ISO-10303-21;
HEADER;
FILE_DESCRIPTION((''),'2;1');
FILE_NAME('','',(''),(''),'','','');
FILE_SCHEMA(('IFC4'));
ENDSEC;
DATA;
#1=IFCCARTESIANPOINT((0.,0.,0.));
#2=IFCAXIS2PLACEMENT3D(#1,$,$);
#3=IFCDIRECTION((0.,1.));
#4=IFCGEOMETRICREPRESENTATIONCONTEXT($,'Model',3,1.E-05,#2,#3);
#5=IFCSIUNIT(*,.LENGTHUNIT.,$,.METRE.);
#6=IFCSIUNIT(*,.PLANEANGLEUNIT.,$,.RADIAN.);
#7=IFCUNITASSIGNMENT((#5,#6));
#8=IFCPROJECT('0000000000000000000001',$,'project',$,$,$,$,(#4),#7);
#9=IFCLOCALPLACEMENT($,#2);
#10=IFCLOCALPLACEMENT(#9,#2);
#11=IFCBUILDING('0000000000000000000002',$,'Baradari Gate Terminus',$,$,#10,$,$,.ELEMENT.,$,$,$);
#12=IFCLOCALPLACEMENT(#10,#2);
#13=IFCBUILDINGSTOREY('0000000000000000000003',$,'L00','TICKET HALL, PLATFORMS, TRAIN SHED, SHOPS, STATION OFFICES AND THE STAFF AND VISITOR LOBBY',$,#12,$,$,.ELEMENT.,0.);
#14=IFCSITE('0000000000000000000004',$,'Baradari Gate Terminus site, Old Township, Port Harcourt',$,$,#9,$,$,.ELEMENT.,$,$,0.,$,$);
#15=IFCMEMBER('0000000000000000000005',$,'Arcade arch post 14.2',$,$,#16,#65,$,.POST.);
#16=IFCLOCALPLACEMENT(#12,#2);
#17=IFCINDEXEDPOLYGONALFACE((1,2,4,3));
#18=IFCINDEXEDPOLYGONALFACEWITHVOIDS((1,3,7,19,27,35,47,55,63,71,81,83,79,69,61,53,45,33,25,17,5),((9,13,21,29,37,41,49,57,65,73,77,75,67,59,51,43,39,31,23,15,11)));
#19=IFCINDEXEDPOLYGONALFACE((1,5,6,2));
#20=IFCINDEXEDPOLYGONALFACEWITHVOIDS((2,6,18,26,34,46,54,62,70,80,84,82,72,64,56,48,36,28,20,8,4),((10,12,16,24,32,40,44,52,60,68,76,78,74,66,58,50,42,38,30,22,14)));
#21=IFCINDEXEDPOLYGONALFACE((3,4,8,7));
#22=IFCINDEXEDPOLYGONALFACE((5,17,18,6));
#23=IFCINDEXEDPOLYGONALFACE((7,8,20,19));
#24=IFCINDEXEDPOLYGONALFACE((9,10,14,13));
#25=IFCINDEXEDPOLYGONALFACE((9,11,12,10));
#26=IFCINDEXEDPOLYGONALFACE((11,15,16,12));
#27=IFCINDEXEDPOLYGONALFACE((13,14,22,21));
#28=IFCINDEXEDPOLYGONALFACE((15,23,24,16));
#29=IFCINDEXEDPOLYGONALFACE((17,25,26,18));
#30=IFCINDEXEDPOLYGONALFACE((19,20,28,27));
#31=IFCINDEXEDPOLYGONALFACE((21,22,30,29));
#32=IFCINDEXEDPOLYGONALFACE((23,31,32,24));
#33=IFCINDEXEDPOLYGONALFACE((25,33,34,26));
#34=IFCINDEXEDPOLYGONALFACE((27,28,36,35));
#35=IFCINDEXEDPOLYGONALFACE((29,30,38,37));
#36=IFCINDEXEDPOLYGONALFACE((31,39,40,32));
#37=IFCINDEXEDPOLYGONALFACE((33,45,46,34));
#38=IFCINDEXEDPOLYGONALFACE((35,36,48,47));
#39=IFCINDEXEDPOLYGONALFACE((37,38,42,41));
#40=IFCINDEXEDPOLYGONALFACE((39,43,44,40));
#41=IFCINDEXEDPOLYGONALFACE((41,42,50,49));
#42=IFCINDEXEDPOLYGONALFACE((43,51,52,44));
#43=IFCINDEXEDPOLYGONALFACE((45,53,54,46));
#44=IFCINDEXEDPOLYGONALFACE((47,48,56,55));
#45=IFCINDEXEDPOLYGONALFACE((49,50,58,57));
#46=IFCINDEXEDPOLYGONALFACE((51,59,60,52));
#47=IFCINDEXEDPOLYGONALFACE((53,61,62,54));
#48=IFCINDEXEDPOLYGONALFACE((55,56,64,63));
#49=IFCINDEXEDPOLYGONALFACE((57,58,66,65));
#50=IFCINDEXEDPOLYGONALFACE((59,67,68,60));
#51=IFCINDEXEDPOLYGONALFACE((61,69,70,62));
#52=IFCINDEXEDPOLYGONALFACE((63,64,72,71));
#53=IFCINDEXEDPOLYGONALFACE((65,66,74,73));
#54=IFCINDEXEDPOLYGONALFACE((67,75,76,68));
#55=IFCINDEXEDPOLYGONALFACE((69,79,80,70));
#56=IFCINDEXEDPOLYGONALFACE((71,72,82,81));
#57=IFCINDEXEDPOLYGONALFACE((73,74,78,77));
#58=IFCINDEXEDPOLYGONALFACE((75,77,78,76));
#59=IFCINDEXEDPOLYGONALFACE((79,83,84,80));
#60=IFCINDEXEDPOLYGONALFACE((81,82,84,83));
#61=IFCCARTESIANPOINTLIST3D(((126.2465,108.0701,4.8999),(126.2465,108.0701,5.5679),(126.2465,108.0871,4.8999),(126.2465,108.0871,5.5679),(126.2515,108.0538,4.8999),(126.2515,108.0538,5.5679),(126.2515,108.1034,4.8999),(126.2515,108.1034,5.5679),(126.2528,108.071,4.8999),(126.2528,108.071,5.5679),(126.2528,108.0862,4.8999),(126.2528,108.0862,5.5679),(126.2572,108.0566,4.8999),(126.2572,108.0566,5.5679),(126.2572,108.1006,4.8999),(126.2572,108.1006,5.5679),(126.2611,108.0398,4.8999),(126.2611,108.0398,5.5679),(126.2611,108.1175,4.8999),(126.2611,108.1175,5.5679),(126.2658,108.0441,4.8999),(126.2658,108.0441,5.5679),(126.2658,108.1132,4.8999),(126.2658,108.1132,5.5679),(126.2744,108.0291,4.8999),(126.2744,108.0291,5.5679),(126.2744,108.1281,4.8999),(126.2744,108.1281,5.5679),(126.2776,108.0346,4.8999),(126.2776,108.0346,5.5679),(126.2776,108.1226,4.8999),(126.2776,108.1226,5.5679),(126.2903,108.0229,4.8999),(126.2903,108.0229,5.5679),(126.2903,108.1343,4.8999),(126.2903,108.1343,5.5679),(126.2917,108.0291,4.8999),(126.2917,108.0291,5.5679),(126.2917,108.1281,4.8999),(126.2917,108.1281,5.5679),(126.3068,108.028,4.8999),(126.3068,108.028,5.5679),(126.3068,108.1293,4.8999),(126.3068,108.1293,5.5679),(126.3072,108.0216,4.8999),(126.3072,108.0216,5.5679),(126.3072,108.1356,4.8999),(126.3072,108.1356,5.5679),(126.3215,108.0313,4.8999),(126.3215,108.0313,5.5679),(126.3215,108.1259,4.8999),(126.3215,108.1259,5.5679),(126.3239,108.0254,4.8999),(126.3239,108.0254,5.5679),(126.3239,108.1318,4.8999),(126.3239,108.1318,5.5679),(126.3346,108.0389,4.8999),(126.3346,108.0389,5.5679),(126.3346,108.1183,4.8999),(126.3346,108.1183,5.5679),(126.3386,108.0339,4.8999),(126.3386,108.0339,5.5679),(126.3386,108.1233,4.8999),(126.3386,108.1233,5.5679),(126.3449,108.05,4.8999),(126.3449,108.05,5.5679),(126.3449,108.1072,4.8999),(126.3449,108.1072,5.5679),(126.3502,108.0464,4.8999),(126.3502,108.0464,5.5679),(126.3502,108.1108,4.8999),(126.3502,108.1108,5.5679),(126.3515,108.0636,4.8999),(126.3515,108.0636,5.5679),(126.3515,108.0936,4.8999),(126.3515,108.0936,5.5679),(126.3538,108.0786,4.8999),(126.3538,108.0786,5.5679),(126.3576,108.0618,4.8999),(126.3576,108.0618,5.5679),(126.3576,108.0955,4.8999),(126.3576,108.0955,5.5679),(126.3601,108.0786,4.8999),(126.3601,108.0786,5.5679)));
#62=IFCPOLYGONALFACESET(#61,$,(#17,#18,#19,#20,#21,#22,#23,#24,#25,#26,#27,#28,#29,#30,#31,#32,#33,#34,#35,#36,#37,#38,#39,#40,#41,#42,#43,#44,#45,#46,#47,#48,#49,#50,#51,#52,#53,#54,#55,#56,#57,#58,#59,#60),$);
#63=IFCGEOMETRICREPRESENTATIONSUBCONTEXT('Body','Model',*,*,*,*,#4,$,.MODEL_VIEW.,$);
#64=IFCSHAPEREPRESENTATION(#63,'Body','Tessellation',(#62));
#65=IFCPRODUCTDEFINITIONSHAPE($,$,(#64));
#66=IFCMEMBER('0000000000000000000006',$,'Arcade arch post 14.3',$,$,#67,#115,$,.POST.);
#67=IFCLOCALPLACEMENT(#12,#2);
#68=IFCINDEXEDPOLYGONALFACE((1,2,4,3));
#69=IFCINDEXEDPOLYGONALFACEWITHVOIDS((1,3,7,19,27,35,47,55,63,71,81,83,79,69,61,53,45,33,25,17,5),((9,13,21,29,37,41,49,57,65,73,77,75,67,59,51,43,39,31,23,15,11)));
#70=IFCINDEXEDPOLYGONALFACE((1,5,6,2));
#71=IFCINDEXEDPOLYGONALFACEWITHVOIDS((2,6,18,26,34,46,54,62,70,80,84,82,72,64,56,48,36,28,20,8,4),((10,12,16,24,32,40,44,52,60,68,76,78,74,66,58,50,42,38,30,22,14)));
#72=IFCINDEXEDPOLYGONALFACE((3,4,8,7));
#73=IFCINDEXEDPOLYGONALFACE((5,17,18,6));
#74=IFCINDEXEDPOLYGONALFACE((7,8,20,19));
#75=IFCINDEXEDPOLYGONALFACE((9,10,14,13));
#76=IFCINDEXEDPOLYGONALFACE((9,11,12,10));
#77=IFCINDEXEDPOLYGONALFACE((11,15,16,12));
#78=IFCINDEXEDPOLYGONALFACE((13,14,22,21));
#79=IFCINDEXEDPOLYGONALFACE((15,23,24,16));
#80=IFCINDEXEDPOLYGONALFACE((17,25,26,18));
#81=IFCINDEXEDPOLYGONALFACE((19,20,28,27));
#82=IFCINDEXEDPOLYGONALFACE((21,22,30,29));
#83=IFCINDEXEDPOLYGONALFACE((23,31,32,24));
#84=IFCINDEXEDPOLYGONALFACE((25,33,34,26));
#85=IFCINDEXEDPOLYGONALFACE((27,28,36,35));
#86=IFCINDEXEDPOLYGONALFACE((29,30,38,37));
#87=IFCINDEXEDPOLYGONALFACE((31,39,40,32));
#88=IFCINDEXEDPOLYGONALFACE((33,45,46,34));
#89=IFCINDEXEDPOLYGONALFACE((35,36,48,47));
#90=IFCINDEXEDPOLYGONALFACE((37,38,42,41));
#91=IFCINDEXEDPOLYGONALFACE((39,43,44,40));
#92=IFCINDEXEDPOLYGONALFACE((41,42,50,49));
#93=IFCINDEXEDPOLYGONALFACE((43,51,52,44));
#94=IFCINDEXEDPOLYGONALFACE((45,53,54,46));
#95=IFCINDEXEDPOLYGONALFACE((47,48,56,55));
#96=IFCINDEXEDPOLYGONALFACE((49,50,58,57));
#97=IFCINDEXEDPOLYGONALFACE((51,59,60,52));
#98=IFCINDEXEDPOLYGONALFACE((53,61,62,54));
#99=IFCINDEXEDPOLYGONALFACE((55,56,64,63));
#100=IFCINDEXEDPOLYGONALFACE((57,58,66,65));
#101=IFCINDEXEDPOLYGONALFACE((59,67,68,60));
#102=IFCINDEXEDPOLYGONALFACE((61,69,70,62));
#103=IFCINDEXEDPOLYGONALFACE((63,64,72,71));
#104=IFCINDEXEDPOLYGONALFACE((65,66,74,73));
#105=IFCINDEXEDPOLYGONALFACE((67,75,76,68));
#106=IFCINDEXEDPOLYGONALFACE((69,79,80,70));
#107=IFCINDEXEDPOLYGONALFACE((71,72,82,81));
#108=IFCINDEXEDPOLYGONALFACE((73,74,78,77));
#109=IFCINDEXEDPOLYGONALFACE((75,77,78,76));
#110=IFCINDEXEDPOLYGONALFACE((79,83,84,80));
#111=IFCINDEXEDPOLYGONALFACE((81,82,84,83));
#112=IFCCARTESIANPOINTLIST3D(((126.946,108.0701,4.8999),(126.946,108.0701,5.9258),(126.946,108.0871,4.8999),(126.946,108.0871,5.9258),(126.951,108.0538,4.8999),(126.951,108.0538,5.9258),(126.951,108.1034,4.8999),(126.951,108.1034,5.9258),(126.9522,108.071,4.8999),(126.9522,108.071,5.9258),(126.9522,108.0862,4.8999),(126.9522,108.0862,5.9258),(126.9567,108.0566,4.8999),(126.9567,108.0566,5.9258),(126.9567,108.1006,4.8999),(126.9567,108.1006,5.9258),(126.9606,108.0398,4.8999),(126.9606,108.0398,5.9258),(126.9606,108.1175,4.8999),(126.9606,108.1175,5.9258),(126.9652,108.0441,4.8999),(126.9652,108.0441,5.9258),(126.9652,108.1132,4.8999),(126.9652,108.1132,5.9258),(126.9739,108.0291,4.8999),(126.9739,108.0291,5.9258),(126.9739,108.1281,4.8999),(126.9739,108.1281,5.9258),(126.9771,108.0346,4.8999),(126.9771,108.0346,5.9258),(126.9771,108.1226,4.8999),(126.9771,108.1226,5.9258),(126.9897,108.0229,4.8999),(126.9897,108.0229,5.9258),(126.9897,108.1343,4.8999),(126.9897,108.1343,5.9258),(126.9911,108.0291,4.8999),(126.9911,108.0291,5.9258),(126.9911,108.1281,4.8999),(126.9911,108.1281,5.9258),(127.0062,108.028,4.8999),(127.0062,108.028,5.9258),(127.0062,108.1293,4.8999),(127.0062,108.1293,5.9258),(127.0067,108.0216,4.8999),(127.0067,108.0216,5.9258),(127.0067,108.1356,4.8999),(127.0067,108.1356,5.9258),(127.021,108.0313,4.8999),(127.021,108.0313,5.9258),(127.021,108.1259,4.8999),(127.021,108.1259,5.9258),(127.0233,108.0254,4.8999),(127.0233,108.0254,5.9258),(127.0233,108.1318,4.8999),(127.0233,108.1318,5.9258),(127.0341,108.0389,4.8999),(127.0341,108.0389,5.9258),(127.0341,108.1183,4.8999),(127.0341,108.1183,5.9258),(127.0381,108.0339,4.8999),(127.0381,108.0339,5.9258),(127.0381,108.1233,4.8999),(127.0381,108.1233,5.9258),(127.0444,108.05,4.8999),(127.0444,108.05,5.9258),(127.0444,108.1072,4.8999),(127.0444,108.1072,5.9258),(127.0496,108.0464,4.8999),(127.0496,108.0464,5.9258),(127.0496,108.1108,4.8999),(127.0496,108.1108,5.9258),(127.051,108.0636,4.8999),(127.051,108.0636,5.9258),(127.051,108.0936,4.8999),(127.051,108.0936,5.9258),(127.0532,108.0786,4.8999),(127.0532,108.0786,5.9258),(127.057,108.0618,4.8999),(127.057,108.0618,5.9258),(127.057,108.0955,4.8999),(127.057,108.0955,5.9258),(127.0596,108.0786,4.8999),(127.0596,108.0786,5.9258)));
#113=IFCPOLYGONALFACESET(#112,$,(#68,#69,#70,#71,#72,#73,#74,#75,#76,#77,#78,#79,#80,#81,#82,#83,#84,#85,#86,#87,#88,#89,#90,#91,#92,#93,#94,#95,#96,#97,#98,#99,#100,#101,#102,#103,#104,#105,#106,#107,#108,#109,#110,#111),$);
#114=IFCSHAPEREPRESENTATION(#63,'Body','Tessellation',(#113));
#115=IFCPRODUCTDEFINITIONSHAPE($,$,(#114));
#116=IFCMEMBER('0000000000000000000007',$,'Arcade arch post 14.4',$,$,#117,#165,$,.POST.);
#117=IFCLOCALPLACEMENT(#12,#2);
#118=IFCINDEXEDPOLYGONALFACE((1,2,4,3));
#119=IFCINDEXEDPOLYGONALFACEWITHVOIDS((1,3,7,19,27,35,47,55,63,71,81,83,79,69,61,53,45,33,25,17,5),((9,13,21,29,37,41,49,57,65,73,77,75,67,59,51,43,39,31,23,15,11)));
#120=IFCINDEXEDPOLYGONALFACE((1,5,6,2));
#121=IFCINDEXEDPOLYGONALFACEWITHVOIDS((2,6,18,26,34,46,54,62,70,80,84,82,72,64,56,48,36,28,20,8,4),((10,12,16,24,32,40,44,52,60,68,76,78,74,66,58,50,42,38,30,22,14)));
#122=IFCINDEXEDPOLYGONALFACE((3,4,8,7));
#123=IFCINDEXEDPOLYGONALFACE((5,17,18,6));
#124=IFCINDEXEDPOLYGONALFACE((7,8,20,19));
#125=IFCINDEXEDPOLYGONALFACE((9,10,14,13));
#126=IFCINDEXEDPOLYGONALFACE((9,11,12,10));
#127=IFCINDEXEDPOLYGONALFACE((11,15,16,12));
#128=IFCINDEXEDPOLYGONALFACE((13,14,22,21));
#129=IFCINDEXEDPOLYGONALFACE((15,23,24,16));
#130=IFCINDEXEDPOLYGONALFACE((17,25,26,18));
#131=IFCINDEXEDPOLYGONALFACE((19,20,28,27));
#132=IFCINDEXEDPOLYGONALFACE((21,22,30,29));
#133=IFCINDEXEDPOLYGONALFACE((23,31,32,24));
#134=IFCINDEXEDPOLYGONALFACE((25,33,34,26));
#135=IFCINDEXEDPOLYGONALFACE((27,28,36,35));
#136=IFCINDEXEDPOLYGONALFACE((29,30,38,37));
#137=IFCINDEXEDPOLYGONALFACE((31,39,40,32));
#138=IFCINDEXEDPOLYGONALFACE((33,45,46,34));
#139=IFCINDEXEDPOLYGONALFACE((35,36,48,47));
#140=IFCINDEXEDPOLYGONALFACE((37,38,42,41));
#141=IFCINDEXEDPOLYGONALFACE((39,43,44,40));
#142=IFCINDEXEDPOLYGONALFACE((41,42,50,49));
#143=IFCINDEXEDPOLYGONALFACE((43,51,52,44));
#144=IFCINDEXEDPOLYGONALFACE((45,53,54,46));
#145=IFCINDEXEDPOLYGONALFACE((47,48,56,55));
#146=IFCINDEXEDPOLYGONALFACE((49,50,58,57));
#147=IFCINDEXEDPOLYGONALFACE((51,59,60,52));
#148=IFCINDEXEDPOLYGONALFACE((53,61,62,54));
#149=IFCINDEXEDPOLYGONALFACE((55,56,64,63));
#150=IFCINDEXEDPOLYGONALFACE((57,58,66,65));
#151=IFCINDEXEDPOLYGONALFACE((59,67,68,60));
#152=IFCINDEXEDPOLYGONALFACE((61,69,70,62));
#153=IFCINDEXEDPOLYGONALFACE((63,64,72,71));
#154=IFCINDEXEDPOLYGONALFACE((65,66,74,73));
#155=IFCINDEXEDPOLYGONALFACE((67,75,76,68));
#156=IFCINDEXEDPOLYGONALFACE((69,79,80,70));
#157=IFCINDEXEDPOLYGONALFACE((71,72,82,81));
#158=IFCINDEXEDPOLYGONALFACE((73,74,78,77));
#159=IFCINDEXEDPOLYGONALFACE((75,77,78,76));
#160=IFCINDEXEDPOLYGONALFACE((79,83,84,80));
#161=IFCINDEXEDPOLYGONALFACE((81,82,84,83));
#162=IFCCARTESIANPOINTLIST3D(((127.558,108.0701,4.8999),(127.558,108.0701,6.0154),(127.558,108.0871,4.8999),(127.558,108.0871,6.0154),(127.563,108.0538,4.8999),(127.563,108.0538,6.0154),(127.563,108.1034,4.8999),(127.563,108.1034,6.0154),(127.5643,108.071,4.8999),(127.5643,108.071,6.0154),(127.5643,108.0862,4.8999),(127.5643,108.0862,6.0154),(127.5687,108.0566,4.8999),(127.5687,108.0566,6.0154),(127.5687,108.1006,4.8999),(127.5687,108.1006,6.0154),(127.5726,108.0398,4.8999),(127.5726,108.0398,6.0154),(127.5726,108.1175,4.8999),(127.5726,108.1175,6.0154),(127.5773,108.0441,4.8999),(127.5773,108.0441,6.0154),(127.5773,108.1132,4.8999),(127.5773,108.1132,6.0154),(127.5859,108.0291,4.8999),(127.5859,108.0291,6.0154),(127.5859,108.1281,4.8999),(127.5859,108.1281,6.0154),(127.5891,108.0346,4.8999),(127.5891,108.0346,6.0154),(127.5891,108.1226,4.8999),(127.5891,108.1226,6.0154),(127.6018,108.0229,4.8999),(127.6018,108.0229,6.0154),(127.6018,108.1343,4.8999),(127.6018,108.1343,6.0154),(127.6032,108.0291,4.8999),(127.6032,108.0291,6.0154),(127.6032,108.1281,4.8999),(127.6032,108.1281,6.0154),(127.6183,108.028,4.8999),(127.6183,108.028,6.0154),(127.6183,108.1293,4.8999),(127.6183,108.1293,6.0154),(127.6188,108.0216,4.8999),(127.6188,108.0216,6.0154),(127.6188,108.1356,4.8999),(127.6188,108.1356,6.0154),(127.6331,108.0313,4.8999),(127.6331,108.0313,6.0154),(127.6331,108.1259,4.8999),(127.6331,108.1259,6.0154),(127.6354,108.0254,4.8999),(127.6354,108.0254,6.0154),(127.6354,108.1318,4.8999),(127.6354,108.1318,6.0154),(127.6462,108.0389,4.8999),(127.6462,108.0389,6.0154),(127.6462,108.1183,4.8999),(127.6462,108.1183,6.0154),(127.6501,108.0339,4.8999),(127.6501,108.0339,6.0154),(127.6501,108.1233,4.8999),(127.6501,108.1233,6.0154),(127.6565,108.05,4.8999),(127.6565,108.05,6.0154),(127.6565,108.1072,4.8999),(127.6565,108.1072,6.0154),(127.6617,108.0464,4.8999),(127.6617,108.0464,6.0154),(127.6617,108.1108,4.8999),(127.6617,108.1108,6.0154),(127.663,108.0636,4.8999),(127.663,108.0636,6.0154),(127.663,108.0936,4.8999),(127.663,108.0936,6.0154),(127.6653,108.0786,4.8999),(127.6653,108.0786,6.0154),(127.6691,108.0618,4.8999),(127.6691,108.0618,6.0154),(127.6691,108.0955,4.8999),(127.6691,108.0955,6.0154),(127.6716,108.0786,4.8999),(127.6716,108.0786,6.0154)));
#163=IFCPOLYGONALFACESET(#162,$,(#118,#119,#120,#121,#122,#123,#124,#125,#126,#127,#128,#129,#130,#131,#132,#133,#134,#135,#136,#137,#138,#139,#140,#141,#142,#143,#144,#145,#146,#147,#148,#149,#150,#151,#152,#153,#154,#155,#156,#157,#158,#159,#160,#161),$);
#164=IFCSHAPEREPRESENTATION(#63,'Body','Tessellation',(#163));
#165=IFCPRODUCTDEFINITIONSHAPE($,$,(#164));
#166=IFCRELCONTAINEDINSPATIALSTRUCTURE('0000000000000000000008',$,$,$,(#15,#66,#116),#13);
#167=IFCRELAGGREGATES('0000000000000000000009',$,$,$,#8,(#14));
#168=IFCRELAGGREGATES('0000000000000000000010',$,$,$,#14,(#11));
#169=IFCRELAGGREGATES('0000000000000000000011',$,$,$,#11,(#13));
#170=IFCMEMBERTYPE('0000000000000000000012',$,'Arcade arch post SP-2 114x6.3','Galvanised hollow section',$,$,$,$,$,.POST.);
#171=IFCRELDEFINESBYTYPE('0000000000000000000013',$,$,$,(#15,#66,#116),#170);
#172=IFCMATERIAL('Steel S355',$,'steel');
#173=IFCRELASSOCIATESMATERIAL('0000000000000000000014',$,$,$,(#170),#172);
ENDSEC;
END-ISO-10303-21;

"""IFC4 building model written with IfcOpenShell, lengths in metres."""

from ifc_helpers import new_model, si_unit, direction, frame, origin, origin_2d, place, context, subcontext, project, spatial, hollow_circle, extrude, material, material_profile, profile_set, type_object, element, save


model = new_model("IFC4")

# Units and contexts
model_context = context("Model", 3, precision=1e-05, world=origin(), true_north=direction((0.0, 1.0)))
body_context = subcontext(model_context, "Body", "Model", "MODEL_VIEW")
ifc_project = project(units=[si_unit("LENGTHUNIT", "METRE"), si_unit("PLANEANGLEUNIT", "RADIAN")], contexts=[model_context])

# Site, building, storey
site_placement = place(None, origin())
site = spatial("IfcSite", under=ifc_project, at=site_placement, Name="Baradari Gate Terminus site, Old Township, Port Harcourt", CompositionType="ELEMENT", RefElevation=0.0)
building_placement = place(site_placement, origin())
building = spatial("IfcBuilding", under=site, at=building_placement, Name="Baradari Gate Terminus", CompositionType="ELEMENT")
storey_placement = place(building_placement, origin())
storey = spatial("IfcBuildingStorey", under=building, at=storey_placement, Name="L00", Description="TICKET HALL, PLATFORMS, TRAIN SHED, SHOPS, STATION OFFICES AND THE STAFF AND VISITOR LOBBY", CompositionType="ELEMENT", Elevation=0.0)

# Members
ifc_material_1 = material(Name="Steel S355", Category="steel")
ifc_material_profile_1 = material_profile(ifc_material_1, hollow_circle(Radius=0.0571, WallThickness=0.0063, at=origin_2d()), Name="CHS 114.3x6.3")
ifc_profile_set_1 = profile_set([ifc_material_profile_1], Name="Steel S355")
member_type_1 = type_object("IfcMemberType", Name="Arcade arch post SP-2 114x6.3", Description="Galvanised hollow section", PredefinedType="POST", material=ifc_profile_set_1)
member_1_placement = place(storey_placement, frame((126.303, 108.0786, 4.8999), z_axis=(0.0, 0.0, 1.0), x_axis=(1.0, 0.0, 0.0)))
element("IfcMember", 1, at=member_1_placement, inside=storey, type_object=member_type_1, Name="Arcade arch post 14.2", PredefinedType="POST", context=body_context, shape_type="SweptSolid", body=[
    extrude(hollow_circle(Radius=0.0571, WallThickness=0.0063, at=origin_2d()), origin(), (0.0, 0.0, 1.0), 0.668),
])
member_2_placement = place(storey_placement, frame((127.0024, 108.0786, 4.8999), z_axis=(0.0, 0.0, 1.0), x_axis=(1.0, 0.0, 0.0)))
element("IfcMember", 2, at=member_2_placement, inside=storey, type_object=member_type_1, Name="Arcade arch post 14.3", PredefinedType="POST", context=body_context, shape_type="SweptSolid", body=[
    extrude(hollow_circle(Radius=0.0571, WallThickness=0.0063, at=origin_2d()), origin(), (0.0, 0.0, 1.0), 1.0259),
])
member_3_placement = place(storey_placement, frame((127.6145, 108.0786, 4.8999), z_axis=(0.0, 0.0, 1.0), x_axis=(1.0, 0.0, 0.0)))
element("IfcMember", 3, at=member_3_placement, inside=storey, type_object=member_type_1, Name="Arcade arch post 14.4", PredefinedType="POST", context=body_context, shape_type="SweptSolid", body=[
    extrude(hollow_circle(Radius=0.0571, WallThickness=0.0063, at=origin_2d()), origin(), (0.0, 0.0, 1.0), 1.1155),
])

save(model, "model.ifc")
